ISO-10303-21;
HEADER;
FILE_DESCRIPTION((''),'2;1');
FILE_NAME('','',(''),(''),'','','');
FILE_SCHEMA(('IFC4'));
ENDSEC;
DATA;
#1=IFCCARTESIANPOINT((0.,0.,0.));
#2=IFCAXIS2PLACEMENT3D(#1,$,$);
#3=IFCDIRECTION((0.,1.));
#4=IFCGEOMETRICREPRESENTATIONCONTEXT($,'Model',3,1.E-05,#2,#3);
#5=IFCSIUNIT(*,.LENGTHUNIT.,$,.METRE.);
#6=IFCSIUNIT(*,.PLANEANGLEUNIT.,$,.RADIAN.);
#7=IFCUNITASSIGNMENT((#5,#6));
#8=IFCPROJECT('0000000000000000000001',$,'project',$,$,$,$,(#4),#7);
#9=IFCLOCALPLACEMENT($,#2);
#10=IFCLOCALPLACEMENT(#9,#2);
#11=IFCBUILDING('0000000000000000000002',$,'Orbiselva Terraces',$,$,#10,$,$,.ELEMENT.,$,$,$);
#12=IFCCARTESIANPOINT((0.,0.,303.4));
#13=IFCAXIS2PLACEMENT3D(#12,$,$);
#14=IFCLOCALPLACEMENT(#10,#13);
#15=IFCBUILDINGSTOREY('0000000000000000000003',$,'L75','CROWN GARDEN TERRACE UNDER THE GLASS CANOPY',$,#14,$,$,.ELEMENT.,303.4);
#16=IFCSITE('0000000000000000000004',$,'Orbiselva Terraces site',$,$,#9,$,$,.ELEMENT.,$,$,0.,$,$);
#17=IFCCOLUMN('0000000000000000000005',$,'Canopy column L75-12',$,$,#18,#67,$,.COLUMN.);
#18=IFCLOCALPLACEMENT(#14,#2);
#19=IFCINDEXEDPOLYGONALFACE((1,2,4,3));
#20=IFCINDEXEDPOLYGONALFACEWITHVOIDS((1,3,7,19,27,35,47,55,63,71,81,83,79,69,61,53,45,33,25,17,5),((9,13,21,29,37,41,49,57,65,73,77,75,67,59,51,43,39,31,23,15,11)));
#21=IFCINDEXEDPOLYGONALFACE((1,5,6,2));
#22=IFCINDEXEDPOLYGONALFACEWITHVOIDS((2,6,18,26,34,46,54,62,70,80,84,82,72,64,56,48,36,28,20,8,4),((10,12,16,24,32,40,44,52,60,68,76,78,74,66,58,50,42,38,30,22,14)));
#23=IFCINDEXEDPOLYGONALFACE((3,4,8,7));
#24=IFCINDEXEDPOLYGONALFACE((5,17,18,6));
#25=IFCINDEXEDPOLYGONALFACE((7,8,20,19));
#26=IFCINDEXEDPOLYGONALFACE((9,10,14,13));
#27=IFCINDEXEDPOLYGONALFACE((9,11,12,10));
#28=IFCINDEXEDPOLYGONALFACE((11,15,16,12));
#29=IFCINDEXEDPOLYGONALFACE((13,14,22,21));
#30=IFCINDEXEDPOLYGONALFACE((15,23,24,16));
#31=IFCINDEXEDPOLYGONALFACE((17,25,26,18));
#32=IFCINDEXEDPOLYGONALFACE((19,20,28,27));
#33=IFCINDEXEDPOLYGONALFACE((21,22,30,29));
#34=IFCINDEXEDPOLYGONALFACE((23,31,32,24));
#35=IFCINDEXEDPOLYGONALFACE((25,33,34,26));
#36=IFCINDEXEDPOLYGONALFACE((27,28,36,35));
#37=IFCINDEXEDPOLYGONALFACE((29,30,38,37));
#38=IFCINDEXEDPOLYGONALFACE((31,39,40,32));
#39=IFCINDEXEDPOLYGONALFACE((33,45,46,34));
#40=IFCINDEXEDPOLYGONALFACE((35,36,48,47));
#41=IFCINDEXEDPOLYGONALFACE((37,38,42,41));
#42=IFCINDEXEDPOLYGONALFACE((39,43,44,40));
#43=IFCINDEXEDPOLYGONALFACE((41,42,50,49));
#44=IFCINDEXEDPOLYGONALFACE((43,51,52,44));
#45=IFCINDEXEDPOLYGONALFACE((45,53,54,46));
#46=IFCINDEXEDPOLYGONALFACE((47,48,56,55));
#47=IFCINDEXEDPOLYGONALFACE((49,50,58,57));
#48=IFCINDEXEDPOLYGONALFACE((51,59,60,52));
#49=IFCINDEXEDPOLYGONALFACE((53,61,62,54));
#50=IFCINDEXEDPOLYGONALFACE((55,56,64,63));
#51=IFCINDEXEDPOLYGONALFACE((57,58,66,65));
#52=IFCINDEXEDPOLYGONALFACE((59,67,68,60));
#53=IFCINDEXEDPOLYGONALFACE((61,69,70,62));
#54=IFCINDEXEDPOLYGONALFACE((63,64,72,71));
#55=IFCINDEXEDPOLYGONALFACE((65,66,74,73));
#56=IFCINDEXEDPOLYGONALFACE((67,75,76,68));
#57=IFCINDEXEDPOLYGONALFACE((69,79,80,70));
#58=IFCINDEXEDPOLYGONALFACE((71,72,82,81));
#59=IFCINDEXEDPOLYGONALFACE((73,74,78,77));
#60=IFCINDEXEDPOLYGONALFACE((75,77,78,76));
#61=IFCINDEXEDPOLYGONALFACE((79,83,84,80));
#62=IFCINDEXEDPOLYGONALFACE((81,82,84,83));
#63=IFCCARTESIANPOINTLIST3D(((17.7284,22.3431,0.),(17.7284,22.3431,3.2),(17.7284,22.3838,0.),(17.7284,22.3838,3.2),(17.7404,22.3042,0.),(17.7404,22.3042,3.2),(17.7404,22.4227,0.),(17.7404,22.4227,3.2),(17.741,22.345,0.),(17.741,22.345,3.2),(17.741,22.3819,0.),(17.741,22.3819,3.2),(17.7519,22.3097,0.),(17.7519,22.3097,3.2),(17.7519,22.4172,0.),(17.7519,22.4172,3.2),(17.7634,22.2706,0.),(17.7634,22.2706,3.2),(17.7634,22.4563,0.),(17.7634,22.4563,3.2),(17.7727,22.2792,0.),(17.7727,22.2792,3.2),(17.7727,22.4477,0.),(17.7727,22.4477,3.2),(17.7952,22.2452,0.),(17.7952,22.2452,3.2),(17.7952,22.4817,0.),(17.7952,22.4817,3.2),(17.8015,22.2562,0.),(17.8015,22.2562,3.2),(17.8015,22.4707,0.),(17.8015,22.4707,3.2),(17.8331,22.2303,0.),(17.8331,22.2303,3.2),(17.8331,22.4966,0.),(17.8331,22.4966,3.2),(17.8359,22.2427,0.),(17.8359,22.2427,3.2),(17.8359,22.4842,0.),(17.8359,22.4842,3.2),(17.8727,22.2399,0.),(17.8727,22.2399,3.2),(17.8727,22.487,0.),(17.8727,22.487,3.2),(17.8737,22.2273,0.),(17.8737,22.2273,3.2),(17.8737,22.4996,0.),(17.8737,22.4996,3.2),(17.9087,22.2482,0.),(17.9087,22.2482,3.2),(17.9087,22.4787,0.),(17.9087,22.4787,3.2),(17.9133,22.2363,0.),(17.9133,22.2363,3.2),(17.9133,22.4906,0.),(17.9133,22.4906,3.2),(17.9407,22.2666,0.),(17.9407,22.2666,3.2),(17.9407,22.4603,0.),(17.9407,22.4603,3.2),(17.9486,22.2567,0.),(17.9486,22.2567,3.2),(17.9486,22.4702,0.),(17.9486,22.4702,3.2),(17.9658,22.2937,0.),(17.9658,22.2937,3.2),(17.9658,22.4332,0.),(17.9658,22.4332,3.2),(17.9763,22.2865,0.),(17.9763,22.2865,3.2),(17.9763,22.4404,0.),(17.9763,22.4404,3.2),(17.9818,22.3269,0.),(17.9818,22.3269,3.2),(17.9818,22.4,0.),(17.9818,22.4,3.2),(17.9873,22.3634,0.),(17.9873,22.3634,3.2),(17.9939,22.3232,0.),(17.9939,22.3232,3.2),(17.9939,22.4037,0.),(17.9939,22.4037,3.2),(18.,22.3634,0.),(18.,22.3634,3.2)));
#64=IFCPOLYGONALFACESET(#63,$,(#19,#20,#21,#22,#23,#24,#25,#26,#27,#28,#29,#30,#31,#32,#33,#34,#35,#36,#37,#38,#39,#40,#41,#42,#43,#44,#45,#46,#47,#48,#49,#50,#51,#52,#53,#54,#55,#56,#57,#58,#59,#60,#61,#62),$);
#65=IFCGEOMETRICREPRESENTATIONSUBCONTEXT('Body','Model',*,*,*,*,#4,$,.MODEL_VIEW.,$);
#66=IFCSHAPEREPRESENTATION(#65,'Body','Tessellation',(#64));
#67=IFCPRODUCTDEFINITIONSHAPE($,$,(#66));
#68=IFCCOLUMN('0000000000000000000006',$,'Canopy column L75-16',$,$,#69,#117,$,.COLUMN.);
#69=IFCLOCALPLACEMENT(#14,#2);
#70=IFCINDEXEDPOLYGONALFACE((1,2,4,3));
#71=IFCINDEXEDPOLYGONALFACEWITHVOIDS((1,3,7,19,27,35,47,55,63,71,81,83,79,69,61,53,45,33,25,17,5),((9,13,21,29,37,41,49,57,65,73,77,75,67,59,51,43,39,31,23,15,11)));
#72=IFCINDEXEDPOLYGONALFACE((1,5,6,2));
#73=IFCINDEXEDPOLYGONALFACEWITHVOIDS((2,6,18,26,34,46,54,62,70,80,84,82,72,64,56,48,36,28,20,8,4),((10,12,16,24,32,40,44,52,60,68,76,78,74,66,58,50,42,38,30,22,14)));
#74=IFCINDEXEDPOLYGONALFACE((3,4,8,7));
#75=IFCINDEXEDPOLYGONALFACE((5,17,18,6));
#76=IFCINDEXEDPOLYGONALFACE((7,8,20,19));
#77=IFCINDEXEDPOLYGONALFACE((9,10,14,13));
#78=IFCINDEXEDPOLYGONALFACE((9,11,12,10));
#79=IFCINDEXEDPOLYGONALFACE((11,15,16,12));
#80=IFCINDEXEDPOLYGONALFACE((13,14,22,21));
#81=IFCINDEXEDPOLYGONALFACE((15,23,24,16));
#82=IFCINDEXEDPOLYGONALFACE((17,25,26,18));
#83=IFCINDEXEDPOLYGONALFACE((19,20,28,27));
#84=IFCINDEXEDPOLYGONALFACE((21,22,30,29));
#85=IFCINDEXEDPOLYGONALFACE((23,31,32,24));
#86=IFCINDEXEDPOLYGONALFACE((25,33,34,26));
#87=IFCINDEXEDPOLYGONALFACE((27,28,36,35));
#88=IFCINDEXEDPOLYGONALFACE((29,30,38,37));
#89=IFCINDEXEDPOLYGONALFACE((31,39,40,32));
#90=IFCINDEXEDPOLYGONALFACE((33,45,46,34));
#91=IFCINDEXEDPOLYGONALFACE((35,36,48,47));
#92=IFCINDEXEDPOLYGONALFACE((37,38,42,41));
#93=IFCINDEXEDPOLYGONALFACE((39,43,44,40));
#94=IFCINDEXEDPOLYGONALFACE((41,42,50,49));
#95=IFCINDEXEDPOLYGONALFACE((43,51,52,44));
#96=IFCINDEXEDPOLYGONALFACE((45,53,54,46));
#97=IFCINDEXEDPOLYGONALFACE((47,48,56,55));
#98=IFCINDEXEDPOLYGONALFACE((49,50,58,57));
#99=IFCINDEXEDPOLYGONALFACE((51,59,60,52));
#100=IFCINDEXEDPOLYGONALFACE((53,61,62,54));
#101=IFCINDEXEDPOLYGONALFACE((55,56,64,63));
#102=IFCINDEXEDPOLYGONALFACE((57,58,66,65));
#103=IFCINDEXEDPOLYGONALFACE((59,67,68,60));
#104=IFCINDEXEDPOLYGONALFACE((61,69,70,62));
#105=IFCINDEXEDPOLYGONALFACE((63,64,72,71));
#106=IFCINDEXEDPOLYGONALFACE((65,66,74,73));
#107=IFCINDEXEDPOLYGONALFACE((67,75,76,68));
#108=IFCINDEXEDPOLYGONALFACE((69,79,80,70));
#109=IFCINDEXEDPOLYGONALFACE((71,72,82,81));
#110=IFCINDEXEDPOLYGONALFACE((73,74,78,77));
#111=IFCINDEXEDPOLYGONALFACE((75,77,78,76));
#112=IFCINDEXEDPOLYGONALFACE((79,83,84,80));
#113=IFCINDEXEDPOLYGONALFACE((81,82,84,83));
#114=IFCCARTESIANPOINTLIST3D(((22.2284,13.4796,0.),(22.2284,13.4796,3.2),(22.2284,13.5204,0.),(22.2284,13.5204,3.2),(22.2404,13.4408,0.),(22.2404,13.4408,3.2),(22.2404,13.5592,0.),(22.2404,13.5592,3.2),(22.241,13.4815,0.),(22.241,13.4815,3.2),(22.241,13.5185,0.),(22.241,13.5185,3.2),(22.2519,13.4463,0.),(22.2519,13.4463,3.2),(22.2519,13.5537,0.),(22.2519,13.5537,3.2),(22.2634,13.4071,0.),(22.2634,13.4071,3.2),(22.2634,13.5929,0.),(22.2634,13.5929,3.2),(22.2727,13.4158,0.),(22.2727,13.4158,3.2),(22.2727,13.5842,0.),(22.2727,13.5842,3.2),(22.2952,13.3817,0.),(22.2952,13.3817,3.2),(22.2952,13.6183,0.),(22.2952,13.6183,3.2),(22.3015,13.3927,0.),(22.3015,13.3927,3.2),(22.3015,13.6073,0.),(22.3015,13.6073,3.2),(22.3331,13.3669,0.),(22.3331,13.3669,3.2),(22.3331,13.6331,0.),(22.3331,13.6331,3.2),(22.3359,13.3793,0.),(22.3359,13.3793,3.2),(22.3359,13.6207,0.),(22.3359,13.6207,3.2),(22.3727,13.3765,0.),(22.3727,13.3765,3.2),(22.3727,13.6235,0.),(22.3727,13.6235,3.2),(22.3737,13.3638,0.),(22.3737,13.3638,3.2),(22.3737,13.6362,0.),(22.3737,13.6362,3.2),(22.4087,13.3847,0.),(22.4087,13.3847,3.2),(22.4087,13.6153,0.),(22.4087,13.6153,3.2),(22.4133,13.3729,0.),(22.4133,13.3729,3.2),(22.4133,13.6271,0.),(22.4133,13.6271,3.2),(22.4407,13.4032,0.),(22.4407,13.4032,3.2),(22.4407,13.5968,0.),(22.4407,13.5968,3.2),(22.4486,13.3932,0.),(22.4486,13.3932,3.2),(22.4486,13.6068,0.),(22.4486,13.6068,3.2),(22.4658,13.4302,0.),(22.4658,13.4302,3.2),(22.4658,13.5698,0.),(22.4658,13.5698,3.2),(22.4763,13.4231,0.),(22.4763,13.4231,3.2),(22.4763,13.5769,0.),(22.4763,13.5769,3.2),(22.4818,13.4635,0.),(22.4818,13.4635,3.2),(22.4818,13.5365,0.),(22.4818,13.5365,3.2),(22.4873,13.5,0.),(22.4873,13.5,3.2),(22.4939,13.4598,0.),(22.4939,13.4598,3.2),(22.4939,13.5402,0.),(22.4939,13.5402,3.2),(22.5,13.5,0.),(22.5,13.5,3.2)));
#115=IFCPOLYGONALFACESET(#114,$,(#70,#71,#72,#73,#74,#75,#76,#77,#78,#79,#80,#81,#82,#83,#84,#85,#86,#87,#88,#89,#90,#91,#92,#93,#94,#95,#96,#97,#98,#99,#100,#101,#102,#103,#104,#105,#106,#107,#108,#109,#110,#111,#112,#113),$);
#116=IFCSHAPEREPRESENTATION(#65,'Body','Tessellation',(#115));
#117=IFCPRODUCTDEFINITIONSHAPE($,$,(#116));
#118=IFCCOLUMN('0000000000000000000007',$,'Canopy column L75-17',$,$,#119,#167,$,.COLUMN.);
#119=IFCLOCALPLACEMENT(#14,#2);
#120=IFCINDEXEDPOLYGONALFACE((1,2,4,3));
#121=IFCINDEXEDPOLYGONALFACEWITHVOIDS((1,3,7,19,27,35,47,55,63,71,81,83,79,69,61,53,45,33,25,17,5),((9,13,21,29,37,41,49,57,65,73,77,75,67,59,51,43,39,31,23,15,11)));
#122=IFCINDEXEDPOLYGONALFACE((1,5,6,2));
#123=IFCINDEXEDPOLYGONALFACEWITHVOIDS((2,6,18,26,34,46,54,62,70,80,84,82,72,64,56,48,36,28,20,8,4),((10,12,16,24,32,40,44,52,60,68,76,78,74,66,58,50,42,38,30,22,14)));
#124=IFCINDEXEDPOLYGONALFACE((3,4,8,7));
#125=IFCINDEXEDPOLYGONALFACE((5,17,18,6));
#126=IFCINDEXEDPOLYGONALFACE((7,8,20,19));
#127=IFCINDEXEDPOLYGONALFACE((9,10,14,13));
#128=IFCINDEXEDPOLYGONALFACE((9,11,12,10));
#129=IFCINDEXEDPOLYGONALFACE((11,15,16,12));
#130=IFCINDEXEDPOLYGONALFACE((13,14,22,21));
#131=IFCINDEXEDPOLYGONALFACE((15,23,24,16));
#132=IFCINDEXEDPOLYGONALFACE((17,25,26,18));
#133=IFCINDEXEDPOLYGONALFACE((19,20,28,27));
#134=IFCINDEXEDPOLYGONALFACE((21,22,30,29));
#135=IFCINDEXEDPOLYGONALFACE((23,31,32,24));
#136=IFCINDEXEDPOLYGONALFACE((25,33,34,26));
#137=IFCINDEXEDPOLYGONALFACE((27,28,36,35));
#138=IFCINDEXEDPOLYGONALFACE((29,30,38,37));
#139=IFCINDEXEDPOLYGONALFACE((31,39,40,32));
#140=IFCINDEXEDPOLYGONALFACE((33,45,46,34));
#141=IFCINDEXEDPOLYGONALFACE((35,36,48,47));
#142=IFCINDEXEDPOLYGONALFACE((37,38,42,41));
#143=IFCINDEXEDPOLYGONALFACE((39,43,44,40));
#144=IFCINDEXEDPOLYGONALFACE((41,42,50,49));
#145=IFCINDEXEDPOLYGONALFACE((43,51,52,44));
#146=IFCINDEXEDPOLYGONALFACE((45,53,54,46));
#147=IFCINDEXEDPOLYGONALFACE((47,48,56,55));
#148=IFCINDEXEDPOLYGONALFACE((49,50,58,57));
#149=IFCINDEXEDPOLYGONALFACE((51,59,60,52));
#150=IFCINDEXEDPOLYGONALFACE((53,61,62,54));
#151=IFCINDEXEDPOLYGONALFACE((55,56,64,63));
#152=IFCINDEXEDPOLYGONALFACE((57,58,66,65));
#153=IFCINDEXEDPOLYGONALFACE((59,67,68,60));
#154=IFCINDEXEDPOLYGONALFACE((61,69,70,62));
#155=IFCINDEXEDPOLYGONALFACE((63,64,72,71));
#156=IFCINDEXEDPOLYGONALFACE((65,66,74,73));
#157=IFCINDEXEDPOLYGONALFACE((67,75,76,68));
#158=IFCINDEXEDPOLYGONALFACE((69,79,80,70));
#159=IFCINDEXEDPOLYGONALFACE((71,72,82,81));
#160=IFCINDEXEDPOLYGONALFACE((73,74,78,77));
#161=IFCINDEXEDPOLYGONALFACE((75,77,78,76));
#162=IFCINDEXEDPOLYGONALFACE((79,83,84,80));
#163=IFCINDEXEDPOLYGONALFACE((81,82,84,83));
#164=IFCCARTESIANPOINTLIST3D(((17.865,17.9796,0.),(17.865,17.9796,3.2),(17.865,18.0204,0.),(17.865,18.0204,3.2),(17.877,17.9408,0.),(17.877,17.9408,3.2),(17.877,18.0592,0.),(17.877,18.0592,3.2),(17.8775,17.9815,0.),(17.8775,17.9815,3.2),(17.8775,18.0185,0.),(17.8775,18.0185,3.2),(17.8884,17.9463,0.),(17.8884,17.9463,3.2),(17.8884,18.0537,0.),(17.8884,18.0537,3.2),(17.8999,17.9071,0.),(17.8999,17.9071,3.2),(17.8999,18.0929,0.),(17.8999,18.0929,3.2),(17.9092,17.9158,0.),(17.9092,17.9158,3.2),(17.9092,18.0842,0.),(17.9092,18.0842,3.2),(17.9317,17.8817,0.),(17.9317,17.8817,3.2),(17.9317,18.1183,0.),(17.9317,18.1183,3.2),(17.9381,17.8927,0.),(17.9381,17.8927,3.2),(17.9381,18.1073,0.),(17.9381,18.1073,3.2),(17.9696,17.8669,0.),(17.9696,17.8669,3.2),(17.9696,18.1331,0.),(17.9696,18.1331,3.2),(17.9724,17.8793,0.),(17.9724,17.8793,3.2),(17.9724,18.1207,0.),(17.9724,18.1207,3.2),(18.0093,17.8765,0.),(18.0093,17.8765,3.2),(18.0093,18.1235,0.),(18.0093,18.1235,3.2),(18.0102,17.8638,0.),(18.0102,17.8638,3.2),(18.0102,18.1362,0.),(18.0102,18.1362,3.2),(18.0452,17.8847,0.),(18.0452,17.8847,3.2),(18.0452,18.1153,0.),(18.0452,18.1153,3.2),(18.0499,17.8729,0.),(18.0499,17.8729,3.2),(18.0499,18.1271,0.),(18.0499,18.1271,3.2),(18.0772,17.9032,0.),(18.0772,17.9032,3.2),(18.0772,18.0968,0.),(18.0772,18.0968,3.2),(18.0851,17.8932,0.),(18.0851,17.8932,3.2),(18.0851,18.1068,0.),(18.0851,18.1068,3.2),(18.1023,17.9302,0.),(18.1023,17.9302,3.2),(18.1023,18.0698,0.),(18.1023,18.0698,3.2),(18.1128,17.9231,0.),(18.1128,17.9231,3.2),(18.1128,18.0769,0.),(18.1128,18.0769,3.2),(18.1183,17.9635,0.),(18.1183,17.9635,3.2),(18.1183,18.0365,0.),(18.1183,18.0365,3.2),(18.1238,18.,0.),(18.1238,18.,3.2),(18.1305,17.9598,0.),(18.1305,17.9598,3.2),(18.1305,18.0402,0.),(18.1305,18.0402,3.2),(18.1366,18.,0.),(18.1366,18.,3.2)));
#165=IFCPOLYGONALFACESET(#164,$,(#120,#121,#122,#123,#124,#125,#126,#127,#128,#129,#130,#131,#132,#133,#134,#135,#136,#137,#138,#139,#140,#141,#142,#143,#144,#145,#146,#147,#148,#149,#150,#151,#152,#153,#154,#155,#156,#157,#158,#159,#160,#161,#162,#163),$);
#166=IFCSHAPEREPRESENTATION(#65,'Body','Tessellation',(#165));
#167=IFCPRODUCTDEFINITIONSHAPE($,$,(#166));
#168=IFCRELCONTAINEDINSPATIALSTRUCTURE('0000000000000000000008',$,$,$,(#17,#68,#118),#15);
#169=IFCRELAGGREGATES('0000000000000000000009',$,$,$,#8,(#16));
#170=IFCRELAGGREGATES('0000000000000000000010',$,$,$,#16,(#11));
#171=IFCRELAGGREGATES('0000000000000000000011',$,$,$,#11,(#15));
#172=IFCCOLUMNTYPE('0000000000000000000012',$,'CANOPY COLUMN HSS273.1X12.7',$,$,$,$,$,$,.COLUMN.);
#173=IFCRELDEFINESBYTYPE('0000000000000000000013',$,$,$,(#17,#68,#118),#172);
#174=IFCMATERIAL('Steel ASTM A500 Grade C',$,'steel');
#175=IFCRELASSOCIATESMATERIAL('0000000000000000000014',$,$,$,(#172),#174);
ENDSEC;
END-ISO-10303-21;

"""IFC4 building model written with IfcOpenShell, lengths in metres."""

from ifc_helpers import new_model, si_unit, direction, frame, origin, origin_2d, place, context, subcontext, project, spatial, hollow_circle, extrude, material, material_profile, profile_set, type_object, element, save


model = new_model("IFC4")

# Units and contexts
model_context = context("Model", 3, precision=1e-05, world=origin(), true_north=direction((0.0, 1.0)))
body_context = subcontext(model_context, "Body", "Model", "MODEL_VIEW")
ifc_project = project(units=[si_unit("LENGTHUNIT", "METRE"), si_unit("PLANEANGLEUNIT", "RADIAN")], contexts=[model_context])

# Site, building, storey
site_placement = place(None, origin())
site = spatial("IfcSite", under=ifc_project, at=site_placement, Name="Orbiselva Terraces site", CompositionType="ELEMENT", RefElevation=0.0)
building_placement = place(site_placement, origin())
building = spatial("IfcBuilding", under=site, at=building_placement, Name="Orbiselva Terraces", CompositionType="ELEMENT")
storey_placement = place(building_placement, frame((0.0, 0.0, 303.4)))
storey = spatial("IfcBuildingStorey", under=building, at=storey_placement, Name="L75", Description="CROWN GARDEN TERRACE UNDER THE GLASS CANOPY", CompositionType="ELEMENT", Elevation=303.4)

# Columns
ifc_material_1 = material(Name="Steel ASTM A500 Grade C", Category="steel")
ifc_material_profile = material_profile(ifc_material_1, hollow_circle(Radius=0.1366, WallThickness=0.0127, at=origin_2d()), Name="HSS273.1X12.7")
ifc_profile_set = profile_set([ifc_material_profile], Name="Steel ASTM A500 Grade C")
column_type = type_object("IfcColumnType", Name="CANOPY COLUMN HSS273.1X12.7", PredefinedType="COLUMN", material=ifc_profile_set)
for number, where, z_axis, x_axis, name in (
    (1, (17.8635, 22.3635, 0.0), (0.0, 0.0, 1.0), (1.0, 0.0, 0.0), "Canopy column L75-12"),
    (2, (22.3635, 13.5, 0.0), (0.0, 0.0, 1.0), (1.0, 0.0, 0.0), "Canopy column L75-16"),
    (3, (18.0, 18.0, 0.0), (0.0, 0.0, 1.0), (1.0, 0.0, 0.0), "Canopy column L75-17"),
):
    element("IfcColumn", number, at=place(storey_placement, frame(where, z_axis=z_axis, x_axis=x_axis)), inside=storey, type_object=column_type, Name=name, PredefinedType="COLUMN", context=body_context, shape_type="SweptSolid", body=[
        extrude(hollow_circle(Radius=0.1366, WallThickness=0.0127, at=origin_2d()), origin(), (0.0, 0.0, 1.0), 3.2),
    ])

save(model, "model.ifc")
